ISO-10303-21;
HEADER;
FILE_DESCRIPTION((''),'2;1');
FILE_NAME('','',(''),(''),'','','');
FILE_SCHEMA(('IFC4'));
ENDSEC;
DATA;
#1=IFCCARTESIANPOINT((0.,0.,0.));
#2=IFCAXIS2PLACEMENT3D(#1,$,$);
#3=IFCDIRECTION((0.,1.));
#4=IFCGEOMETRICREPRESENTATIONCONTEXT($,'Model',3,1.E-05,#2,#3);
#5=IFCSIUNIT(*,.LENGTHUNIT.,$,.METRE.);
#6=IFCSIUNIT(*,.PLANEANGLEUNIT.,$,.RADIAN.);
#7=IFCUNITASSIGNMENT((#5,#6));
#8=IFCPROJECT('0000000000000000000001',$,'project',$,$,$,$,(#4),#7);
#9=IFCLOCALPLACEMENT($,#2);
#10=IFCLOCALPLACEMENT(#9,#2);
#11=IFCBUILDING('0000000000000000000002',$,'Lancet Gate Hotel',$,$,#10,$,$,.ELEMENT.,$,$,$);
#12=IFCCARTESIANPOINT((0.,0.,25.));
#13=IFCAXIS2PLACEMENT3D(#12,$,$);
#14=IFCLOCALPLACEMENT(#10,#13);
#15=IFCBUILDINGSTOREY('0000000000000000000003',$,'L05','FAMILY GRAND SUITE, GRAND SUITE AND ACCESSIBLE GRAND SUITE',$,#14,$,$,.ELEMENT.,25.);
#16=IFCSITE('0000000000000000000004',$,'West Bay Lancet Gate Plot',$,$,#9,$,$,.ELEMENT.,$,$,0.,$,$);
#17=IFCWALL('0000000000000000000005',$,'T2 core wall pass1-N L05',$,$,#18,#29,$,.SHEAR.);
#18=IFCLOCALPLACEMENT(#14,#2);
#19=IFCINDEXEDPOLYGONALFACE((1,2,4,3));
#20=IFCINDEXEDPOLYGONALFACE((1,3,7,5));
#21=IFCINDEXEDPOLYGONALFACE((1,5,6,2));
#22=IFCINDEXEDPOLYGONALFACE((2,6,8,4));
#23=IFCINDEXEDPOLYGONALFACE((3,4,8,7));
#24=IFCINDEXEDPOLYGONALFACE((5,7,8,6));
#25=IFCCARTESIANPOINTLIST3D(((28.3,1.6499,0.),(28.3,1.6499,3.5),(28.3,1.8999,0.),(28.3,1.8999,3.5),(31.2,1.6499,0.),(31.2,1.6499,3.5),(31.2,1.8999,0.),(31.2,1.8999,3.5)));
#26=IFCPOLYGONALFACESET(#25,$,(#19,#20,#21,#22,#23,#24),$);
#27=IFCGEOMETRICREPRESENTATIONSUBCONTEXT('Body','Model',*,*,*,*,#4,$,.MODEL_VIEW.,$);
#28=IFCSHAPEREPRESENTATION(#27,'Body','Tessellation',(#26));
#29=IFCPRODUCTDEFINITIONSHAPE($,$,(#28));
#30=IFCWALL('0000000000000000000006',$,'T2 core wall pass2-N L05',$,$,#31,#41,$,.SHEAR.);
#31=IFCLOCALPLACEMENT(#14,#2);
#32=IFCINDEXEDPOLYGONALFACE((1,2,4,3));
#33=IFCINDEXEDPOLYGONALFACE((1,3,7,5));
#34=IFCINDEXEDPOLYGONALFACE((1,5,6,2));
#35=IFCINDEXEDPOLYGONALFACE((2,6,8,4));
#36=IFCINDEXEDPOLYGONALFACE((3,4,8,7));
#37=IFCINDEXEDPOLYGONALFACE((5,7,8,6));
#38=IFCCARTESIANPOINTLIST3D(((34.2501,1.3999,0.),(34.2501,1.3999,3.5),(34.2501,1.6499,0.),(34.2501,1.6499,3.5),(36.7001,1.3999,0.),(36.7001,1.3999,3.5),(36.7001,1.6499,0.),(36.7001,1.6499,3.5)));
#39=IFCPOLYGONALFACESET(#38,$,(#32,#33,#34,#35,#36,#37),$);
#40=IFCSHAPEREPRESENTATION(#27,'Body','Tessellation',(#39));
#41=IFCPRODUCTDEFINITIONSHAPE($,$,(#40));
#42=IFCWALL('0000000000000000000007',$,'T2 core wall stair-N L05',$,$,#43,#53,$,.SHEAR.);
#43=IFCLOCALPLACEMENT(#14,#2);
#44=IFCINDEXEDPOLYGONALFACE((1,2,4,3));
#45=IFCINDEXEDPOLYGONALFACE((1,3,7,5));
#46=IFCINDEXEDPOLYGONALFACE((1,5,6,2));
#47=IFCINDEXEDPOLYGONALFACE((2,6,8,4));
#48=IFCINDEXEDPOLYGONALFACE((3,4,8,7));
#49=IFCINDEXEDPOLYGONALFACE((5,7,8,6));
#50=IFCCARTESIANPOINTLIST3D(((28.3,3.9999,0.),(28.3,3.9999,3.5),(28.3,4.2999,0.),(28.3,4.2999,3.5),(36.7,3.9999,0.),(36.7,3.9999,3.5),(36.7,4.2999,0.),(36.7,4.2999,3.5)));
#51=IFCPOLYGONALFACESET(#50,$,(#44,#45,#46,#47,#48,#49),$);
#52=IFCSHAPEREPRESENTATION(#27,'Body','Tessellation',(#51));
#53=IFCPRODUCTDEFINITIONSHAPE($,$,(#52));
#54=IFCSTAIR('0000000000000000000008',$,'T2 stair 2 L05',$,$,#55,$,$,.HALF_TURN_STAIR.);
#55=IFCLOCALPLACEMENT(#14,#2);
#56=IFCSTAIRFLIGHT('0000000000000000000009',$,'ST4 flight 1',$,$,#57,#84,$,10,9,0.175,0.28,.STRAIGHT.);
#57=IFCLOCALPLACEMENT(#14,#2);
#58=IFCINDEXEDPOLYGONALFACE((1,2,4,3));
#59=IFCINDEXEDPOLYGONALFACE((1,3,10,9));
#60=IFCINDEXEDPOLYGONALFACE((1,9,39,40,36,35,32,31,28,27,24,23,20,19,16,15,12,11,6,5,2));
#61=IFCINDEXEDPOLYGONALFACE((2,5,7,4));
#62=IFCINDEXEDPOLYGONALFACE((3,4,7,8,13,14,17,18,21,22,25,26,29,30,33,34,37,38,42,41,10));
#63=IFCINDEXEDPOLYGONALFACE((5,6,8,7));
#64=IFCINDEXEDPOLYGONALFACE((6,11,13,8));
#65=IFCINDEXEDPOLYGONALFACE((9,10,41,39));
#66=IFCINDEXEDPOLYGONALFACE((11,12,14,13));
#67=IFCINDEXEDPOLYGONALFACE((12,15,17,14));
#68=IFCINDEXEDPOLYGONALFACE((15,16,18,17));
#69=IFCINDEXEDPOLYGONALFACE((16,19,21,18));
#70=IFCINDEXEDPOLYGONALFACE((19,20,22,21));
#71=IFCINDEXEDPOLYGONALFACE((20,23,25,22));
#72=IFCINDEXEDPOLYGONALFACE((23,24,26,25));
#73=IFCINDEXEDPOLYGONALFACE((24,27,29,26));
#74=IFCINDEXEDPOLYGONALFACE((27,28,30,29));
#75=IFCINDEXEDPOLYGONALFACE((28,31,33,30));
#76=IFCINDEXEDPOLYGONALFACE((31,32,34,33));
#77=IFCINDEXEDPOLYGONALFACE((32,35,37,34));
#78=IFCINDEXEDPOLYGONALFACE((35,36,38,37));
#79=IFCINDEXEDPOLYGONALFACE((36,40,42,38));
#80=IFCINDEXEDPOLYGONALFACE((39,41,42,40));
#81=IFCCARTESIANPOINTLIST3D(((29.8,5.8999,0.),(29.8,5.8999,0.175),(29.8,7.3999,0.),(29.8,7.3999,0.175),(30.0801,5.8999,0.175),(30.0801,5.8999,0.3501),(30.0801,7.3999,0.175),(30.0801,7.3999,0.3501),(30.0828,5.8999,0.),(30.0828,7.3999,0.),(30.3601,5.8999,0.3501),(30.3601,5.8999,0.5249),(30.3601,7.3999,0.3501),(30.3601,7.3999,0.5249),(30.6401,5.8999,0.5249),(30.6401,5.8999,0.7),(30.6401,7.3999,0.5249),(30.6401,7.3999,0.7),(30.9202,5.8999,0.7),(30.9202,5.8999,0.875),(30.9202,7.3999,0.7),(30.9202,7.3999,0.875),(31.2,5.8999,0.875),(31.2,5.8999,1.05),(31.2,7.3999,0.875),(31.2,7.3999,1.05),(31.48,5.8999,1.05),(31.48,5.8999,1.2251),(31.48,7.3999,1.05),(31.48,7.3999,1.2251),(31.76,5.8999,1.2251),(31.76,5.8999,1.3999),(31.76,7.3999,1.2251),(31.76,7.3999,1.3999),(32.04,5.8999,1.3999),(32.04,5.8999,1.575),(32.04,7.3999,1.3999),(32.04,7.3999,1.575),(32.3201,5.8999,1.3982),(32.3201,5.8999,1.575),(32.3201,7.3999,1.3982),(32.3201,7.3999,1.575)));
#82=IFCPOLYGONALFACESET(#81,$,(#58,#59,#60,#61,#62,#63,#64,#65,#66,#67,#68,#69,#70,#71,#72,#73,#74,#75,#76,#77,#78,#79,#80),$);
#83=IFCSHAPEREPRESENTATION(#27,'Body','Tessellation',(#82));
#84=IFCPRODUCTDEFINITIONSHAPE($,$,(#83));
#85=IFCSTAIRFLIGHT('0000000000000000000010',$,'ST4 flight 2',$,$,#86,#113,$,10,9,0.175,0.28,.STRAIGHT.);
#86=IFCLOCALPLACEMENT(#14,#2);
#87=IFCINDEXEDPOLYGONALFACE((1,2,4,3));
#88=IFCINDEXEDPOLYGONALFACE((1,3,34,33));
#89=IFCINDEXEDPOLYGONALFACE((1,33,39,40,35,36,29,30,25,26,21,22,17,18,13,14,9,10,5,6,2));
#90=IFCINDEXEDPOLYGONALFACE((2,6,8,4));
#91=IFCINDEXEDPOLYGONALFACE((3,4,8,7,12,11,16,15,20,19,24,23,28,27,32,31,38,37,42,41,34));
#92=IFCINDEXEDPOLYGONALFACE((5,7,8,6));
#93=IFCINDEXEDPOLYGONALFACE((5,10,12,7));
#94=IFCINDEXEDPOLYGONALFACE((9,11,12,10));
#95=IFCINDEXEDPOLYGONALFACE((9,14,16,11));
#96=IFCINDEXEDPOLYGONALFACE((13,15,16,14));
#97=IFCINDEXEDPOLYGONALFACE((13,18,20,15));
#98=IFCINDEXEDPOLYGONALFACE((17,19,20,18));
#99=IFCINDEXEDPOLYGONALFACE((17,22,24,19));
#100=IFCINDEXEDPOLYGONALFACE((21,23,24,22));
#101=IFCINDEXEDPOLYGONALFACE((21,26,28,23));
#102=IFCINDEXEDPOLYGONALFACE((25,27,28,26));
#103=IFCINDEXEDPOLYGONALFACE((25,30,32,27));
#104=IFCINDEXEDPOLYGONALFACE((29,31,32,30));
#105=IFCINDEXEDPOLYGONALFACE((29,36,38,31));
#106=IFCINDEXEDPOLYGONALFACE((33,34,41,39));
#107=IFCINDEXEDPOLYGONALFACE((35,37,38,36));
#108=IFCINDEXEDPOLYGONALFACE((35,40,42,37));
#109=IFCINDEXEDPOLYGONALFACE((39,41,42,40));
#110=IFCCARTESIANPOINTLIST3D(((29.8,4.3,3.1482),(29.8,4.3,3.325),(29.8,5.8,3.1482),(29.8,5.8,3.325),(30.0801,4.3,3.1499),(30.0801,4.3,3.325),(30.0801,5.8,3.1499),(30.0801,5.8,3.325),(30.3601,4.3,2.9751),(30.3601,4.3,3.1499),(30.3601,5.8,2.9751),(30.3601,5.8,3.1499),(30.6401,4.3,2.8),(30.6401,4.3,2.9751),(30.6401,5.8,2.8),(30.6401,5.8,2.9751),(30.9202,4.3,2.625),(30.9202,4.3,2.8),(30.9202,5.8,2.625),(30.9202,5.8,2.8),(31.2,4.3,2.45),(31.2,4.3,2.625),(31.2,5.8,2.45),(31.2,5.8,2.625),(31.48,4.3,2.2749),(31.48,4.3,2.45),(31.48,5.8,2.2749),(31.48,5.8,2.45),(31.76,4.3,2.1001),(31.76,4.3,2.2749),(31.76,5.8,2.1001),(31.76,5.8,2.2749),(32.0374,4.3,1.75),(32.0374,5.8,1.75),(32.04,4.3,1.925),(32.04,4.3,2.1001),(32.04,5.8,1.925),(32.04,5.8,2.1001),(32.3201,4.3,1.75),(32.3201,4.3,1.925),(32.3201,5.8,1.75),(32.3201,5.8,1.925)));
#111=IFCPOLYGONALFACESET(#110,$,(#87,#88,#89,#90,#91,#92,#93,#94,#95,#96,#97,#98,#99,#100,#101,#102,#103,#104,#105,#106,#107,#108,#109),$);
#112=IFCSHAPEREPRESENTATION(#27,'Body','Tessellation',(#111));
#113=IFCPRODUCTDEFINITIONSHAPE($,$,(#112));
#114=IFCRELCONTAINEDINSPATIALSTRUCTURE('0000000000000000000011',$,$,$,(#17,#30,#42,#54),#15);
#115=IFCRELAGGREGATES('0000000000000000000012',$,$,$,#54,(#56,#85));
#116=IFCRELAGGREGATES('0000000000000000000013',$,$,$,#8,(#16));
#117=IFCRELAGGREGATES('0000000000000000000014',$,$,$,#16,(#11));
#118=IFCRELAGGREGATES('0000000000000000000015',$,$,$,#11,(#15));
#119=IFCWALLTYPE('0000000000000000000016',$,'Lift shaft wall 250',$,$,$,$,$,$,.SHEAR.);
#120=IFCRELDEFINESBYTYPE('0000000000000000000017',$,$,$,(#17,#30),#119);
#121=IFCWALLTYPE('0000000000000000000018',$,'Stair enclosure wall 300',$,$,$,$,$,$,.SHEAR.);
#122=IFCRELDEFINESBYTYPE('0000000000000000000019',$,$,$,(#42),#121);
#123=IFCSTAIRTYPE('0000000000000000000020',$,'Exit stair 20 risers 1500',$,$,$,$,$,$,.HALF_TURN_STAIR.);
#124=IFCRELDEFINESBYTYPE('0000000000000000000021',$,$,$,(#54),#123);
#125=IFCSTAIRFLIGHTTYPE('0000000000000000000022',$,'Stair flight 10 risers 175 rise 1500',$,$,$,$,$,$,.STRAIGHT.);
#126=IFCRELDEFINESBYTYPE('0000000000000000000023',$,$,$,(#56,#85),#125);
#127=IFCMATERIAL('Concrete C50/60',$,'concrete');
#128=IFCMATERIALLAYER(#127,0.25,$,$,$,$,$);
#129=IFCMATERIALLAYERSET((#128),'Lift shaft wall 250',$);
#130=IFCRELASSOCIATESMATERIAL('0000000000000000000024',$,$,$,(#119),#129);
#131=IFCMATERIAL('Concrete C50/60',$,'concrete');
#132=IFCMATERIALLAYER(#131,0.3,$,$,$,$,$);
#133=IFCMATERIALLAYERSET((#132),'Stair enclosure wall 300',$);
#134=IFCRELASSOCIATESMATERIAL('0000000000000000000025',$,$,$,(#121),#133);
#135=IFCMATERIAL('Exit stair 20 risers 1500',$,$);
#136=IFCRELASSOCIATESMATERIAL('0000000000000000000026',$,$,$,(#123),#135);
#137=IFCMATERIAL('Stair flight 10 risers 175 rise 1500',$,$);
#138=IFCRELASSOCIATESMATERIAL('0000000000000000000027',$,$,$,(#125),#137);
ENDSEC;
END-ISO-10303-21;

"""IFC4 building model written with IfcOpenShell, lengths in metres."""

from ifc_helpers import new_model, si_unit, direction, frame, frame_2d, origin, place, context, subcontext, project, spatial, polyline, rectangle, outline, extrude, material, layer, layer_set, type_object, element, aggregate, save


model = new_model("IFC4")

# Units and contexts
model_context = context("Model", 3, precision=1e-05, world=origin(), true_north=direction((0.0, 1.0)))
body_context = subcontext(model_context, "Body", "Model", "MODEL_VIEW")
ifc_project = project(units=[si_unit("LENGTHUNIT", "METRE"), si_unit("PLANEANGLEUNIT", "RADIAN")], contexts=[model_context])

# Site, building, storey
site_placement = place(None, origin())
site = spatial("IfcSite", under=ifc_project, at=site_placement, Name="West Bay Lancet Gate Plot", CompositionType="ELEMENT", RefElevation=0.0)
building_placement = place(site_placement, origin())
building = spatial("IfcBuilding", under=site, at=building_placement, Name="Lancet Gate Hotel", CompositionType="ELEMENT")
storey_placement = place(building_placement, frame((0.0, 0.0, 25.0)))
storey = spatial("IfcBuildingStorey", under=building, at=storey_placement, Name="L05", Description="FAMILY GRAND SUITE, GRAND SUITE AND ACCESSIBLE GRAND SUITE", CompositionType="ELEMENT", Elevation=25.0)

# Shared definitions
ifc_material_1 = material(Name="Concrete C50/60", Category="concrete")
ifc_layer_1 = layer(ifc_material_1, 0.25)
ifc_layer_set_1 = layer_set([ifc_layer_1], Name="Lift shaft wall 250")
wall_type_1 = type_object("IfcWallType", Name="Lift shaft wall 250", PredefinedType="SHEAR", material=ifc_layer_set_1)

# Walls
wall_1_placement = place(storey_placement, frame((28.3, 1.7749, 0.0), z_axis=(0.0, 0.0, 1.0), x_axis=(1.0, 0.0, 0.0)))
element("IfcWall", 1, at=wall_1_placement, inside=storey, type_object=wall_type_1, Name="T2 core wall pass1-N L05", PredefinedType="SHEAR", context=body_context, shape_type="SweptSolid", body=[
    extrude(rectangle(XDim=2.8999, YDim=0.25, at=frame_2d((1.45, 0.0))), origin(), (0.0, 0.0, 1.0), 3.5),
])
wall_2_placement = place(storey_placement, frame((34.25, 1.5249, 0.0), z_axis=(0.0, 0.0, 1.0), x_axis=(1.0, 0.0, 0.0)))
element("IfcWall", 2, at=wall_2_placement, inside=storey, type_object=wall_type_1, Name="T2 core wall pass2-N L05", PredefinedType="SHEAR", context=body_context, shape_type="SweptSolid", body=[
    extrude(rectangle(XDim=2.45, YDim=0.25, at=frame_2d((1.2251, 0.0))), origin(), (0.0, 0.0, 1.0), 3.5),
])
ifc_material_2 = material(Name="Concrete C50/60", Category="concrete")
ifc_layer_2 = layer(ifc_material_2, 0.3)
ifc_layer_set_2 = layer_set([ifc_layer_2], Name="Stair enclosure wall 300")
wall_type_2 = type_object("IfcWallType", Name="Stair enclosure wall 300", PredefinedType="SHEAR", material=ifc_layer_set_2)
wall_3_placement = place(storey_placement, frame((28.3, 4.1499, 0.0), z_axis=(0.0, 0.0, 1.0), x_axis=(1.0, 0.0, 0.0)))
element("IfcWall", 3, at=wall_3_placement, inside=storey, type_object=wall_type_2, Name="T2 core wall stair-N L05", PredefinedType="SHEAR", context=body_context, shape_type="SweptSolid", body=[
    extrude(rectangle(XDim=8.3999, YDim=0.3, at=frame_2d((4.2, 0.0))), origin(), (0.0, 0.0, 1.0), 3.5),
])

# Stair, stair flights
ifc_material_3 = material(Name="Exit stair 20 risers 1500")
stair_type = type_object("IfcStairType", Name="Exit stair 20 risers 1500", PredefinedType="HALF_TURN_STAIR", material=ifc_material_3)
stair_placement = place(storey_placement, origin())
stair = element("IfcStair", 4, at=stair_placement, inside=storey, type_object=stair_type, Name="T2 stair 2 L05", PredefinedType="HALF_TURN_STAIR")
ifc_material_4 = material(Name="Stair flight 10 risers 175 rise 1500")
stair_flight_type = type_object("IfcStairFlightType", Name="Stair flight 10 risers 175 rise 1500", PredefinedType="STRAIGHT", material=ifc_material_4)
stair_flight_1_placement = place(storey_placement, frame((29.8, 6.6499, 0.0), z_axis=(0.0, 0.0, 1.0), x_axis=(1.0, 0.0, 0.0)))
stair_flight_1 = element("IfcStairFlight", 5, at=stair_flight_1_placement, type_object=stair_flight_type, Name="ST4 flight 1", NumberOfRisers=10, NumberOfTreads=9, PredefinedType="STRAIGHT", RiserHeight=0.175, TreadLength=0.28, context=body_context, shape_type="SweptSolid", body=[
    extrude(outline(polyline([(0.0, 0.0), (0.0, 0.175), (0.28, 0.175), (0.28, 0.3501), (0.5601, 0.3501), (0.5601, 0.5249), (0.8401, 0.5249), (0.8401, 0.7), (1.1201, 0.7), (1.1201, 0.875), (1.3999, 0.875), (1.3999, 1.05), (1.6799, 1.05), (1.6799, 1.2251), (1.96, 1.2251), (1.96, 1.3999), (2.24, 1.3999), (2.24, 1.575), (2.52, 1.575), (2.52, 1.75), (2.52, 1.3982), (0.2827, 0.0), (0.0, 0.0)])), frame((0.0, 0.75, 0.0), z_axis=(0.0, -1.0, 0.0), x_axis=(1.0, 0.0, 0.0)), (0.0, 0.0, 1.0), 1.5),
])
stair_flight_2_placement = place(storey_placement, frame((32.3201, 5.05, 1.75), z_axis=(0.0, 0.0, 1.0), x_axis=(-1.0, 0.0, 0.0)))
stair_flight_2 = element("IfcStairFlight", 6, at=stair_flight_2_placement, type_object=stair_flight_type, Name="ST4 flight 2", NumberOfRisers=10, NumberOfTreads=9, PredefinedType="STRAIGHT", RiserHeight=0.175, TreadLength=0.28, context=body_context, shape_type="SweptSolid", body=[
    extrude(outline(polyline([(0.0, 0.0), (0.0, 0.175), (0.28, 0.175), (0.28, 0.3501), (0.5601, 0.3501), (0.5601, 0.5249), (0.8401, 0.5249), (0.8401, 0.7), (1.1201, 0.7), (1.1201, 0.875), (1.3999, 0.875), (1.3999, 1.05), (1.6799, 1.05), (1.6799, 1.2251), (1.96, 1.2251), (1.96, 1.3999), (2.24, 1.3999), (2.24, 1.575), (2.52, 1.575), (2.52, 1.75), (2.52, 1.3982), (0.2827, 0.0), (0.0, 0.0)])), frame((0.0, 0.75, 0.0), z_axis=(0.0, -1.0, 0.0), x_axis=(1.0, 0.0, 0.0)), (0.0, 0.0, 1.0), 1.5),
])
aggregate(stair, [stair_flight_1, stair_flight_2])

save(model, "model.ifc")
